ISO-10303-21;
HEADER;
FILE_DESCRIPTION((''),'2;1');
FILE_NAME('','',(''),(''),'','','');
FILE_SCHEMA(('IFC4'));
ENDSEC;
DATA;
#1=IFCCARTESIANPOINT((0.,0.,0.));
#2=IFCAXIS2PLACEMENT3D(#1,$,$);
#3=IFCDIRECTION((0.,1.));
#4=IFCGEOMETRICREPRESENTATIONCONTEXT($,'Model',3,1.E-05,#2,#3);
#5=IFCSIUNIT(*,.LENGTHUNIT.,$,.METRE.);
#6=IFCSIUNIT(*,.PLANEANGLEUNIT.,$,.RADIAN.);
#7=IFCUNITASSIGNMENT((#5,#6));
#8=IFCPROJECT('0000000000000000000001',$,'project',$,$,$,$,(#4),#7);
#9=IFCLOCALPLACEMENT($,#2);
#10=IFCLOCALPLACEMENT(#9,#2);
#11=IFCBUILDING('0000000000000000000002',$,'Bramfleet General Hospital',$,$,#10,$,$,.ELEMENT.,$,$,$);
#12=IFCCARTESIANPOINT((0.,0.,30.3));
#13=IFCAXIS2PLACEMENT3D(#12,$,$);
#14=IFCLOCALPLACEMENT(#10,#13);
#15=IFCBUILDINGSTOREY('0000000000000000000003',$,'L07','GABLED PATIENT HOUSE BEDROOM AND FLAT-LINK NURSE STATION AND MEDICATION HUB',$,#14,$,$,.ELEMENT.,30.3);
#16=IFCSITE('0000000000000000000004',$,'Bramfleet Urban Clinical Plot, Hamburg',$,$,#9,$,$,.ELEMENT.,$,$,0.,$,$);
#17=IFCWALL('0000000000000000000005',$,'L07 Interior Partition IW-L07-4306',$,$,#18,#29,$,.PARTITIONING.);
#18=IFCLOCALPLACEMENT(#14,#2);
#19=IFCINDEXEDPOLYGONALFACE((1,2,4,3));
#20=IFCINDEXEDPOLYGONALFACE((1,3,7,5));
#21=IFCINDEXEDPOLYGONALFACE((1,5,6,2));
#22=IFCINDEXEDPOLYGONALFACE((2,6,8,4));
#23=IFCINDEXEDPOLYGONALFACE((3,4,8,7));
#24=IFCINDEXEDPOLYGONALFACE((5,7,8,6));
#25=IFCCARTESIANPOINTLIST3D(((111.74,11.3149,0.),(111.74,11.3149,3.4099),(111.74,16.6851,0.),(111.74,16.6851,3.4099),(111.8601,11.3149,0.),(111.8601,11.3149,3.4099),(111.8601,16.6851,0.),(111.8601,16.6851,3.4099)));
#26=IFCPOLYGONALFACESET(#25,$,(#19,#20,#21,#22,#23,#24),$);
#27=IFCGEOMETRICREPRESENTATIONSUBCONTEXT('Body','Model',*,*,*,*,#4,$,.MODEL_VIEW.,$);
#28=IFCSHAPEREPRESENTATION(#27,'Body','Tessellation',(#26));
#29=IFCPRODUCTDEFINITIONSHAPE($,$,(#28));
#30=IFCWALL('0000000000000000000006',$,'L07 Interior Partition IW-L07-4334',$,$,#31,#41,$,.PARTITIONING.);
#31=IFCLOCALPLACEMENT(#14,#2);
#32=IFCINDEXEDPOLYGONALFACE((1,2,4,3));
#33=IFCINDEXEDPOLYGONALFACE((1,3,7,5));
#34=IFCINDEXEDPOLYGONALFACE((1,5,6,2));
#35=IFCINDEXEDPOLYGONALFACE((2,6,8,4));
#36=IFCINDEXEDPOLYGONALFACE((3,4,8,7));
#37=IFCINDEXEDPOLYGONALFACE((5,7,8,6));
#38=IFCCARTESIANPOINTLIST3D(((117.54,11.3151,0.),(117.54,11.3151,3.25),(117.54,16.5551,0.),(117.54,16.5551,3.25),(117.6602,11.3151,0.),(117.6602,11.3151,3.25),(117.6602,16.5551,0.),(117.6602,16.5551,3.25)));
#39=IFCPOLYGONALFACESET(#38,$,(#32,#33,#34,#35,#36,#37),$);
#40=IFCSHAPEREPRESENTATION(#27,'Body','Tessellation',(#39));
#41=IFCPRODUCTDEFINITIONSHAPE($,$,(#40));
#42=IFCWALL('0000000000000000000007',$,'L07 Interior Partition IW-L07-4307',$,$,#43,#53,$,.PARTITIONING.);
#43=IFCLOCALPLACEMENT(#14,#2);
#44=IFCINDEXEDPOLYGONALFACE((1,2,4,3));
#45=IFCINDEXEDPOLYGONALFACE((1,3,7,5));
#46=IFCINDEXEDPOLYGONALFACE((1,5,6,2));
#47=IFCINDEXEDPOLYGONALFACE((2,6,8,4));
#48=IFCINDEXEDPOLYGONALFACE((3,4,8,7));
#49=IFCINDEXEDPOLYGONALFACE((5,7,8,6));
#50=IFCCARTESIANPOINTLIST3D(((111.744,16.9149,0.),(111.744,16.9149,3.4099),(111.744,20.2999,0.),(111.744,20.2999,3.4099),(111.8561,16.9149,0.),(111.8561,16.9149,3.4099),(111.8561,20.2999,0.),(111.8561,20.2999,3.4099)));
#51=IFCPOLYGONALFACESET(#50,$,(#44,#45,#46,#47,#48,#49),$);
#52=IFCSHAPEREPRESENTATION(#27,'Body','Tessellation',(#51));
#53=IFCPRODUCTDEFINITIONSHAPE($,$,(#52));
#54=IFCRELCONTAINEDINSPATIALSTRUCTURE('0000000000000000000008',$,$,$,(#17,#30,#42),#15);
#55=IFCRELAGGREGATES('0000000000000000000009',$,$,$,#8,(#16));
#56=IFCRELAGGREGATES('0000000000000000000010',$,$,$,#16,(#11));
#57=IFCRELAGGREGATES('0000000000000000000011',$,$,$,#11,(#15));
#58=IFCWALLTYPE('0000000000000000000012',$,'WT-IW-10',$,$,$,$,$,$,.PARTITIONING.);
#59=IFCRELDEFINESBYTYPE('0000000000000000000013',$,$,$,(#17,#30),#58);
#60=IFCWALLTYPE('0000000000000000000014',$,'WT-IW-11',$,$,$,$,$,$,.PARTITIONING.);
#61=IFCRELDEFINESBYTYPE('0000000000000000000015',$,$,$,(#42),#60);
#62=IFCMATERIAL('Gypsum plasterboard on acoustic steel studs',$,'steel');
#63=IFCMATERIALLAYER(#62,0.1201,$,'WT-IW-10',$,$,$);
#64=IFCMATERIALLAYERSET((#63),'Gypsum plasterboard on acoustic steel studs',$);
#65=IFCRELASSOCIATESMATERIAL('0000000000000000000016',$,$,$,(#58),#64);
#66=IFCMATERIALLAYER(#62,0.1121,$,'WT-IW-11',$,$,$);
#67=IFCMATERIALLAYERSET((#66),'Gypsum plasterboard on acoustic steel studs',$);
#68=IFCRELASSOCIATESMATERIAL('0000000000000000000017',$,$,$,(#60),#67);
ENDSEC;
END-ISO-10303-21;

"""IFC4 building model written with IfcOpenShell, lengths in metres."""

from ifc_helpers import new_model, si_unit, direction, frame, frame_2d, origin, place, context, subcontext, project, spatial, rectangle, extrude, material, layer, layer_set, type_object, element, save


model = new_model("IFC4")

# Units and contexts
model_context = context("Model", 3, precision=1e-05, world=origin(), true_north=direction((0.0, 1.0)))
body_context = subcontext(model_context, "Body", "Model", "MODEL_VIEW")
ifc_project = project(units=[si_unit("LENGTHUNIT", "METRE"), si_unit("PLANEANGLEUNIT", "RADIAN")], contexts=[model_context])

# Site, building, storey
site_placement = place(None, origin())
site = spatial("IfcSite", under=ifc_project, at=site_placement, Name="Bramfleet Urban Clinical Plot, Hamburg", CompositionType="ELEMENT", RefElevation=0.0)
building_placement = place(site_placement, origin())
building = spatial("IfcBuilding", under=site, at=building_placement, Name="Bramfleet General Hospital", CompositionType="ELEMENT")
storey_placement = place(building_placement, frame((0.0, 0.0, 30.3)))
storey = spatial("IfcBuildingStorey", under=building, at=storey_placement, Name="L07", Description="GABLED PATIENT HOUSE BEDROOM AND FLAT-LINK NURSE STATION AND MEDICATION HUB", CompositionType="ELEMENT", Elevation=30.3)

# Walls
ifc_material_1 = material(Name="Gypsum plasterboard on acoustic steel studs", Category="steel")
ifc_layer_1 = layer(ifc_material_1, 0.1201, Name="WT-IW-10")
ifc_layer_set_1 = layer_set([ifc_layer_1], Name="Gypsum plasterboard on acoustic steel studs")
wall_type_1 = type_object("IfcWallType", Name="WT-IW-10", PredefinedType="PARTITIONING", material=ifc_layer_set_1)
wall_1_placement = place(storey_placement, frame((111.8, 11.3149, 0.0), z_axis=(0.0, 0.0, 1.0), x_axis=(0.0, 1.0, 0.0)))
element("IfcWall", 1, at=wall_1_placement, inside=storey, type_object=wall_type_1, Name="L07 Interior Partition IW-L07-4306", PredefinedType="PARTITIONING", context=body_context, shape_type="SweptSolid", body=[
    extrude(rectangle(XDim=5.3701, YDim=0.1201, at=frame_2d((2.6851, 0.0))), origin(), (0.0, 0.0, 1.0), 3.4099),
])
wall_2_placement = place(storey_placement, frame((117.6001, 11.3149, 0.0), z_axis=(0.0, 0.0, 1.0), x_axis=(0.0, 1.0, 0.0)))
element("IfcWall", 2, at=wall_2_placement, inside=storey, type_object=wall_type_1, Name="L07 Interior Partition IW-L07-4334", PredefinedType="PARTITIONING", context=body_context, shape_type="SweptSolid", body=[
    extrude(rectangle(XDim=5.24, YDim=0.1201, at=frame_2d((2.6201, 0.0))), origin(), (0.0, 0.0, 1.0), 3.25),
])
ifc_layer_2 = layer(ifc_material_1, 0.1121, Name="WT-IW-11")
ifc_layer_set_2 = layer_set([ifc_layer_2], Name="Gypsum plasterboard on acoustic steel studs")
wall_type_2 = type_object("IfcWallType", Name="WT-IW-11", PredefinedType="PARTITIONING", material=ifc_layer_set_2)
wall_3_placement = place(storey_placement, frame((111.8, 16.915, 0.0), z_axis=(0.0, 0.0, 1.0), x_axis=(0.0, 1.0, 0.0)))
element("IfcWall", 3, at=wall_3_placement, inside=storey, type_object=wall_type_2, Name="L07 Interior Partition IW-L07-4307", PredefinedType="PARTITIONING", context=body_context, shape_type="SweptSolid", body=[
    extrude(rectangle(XDim=3.385, YDim=0.1121, at=frame_2d((1.6924, 0.0))), origin(), (0.0, 0.0, 1.0), 3.4099),
])

save(model, "model.ifc")
